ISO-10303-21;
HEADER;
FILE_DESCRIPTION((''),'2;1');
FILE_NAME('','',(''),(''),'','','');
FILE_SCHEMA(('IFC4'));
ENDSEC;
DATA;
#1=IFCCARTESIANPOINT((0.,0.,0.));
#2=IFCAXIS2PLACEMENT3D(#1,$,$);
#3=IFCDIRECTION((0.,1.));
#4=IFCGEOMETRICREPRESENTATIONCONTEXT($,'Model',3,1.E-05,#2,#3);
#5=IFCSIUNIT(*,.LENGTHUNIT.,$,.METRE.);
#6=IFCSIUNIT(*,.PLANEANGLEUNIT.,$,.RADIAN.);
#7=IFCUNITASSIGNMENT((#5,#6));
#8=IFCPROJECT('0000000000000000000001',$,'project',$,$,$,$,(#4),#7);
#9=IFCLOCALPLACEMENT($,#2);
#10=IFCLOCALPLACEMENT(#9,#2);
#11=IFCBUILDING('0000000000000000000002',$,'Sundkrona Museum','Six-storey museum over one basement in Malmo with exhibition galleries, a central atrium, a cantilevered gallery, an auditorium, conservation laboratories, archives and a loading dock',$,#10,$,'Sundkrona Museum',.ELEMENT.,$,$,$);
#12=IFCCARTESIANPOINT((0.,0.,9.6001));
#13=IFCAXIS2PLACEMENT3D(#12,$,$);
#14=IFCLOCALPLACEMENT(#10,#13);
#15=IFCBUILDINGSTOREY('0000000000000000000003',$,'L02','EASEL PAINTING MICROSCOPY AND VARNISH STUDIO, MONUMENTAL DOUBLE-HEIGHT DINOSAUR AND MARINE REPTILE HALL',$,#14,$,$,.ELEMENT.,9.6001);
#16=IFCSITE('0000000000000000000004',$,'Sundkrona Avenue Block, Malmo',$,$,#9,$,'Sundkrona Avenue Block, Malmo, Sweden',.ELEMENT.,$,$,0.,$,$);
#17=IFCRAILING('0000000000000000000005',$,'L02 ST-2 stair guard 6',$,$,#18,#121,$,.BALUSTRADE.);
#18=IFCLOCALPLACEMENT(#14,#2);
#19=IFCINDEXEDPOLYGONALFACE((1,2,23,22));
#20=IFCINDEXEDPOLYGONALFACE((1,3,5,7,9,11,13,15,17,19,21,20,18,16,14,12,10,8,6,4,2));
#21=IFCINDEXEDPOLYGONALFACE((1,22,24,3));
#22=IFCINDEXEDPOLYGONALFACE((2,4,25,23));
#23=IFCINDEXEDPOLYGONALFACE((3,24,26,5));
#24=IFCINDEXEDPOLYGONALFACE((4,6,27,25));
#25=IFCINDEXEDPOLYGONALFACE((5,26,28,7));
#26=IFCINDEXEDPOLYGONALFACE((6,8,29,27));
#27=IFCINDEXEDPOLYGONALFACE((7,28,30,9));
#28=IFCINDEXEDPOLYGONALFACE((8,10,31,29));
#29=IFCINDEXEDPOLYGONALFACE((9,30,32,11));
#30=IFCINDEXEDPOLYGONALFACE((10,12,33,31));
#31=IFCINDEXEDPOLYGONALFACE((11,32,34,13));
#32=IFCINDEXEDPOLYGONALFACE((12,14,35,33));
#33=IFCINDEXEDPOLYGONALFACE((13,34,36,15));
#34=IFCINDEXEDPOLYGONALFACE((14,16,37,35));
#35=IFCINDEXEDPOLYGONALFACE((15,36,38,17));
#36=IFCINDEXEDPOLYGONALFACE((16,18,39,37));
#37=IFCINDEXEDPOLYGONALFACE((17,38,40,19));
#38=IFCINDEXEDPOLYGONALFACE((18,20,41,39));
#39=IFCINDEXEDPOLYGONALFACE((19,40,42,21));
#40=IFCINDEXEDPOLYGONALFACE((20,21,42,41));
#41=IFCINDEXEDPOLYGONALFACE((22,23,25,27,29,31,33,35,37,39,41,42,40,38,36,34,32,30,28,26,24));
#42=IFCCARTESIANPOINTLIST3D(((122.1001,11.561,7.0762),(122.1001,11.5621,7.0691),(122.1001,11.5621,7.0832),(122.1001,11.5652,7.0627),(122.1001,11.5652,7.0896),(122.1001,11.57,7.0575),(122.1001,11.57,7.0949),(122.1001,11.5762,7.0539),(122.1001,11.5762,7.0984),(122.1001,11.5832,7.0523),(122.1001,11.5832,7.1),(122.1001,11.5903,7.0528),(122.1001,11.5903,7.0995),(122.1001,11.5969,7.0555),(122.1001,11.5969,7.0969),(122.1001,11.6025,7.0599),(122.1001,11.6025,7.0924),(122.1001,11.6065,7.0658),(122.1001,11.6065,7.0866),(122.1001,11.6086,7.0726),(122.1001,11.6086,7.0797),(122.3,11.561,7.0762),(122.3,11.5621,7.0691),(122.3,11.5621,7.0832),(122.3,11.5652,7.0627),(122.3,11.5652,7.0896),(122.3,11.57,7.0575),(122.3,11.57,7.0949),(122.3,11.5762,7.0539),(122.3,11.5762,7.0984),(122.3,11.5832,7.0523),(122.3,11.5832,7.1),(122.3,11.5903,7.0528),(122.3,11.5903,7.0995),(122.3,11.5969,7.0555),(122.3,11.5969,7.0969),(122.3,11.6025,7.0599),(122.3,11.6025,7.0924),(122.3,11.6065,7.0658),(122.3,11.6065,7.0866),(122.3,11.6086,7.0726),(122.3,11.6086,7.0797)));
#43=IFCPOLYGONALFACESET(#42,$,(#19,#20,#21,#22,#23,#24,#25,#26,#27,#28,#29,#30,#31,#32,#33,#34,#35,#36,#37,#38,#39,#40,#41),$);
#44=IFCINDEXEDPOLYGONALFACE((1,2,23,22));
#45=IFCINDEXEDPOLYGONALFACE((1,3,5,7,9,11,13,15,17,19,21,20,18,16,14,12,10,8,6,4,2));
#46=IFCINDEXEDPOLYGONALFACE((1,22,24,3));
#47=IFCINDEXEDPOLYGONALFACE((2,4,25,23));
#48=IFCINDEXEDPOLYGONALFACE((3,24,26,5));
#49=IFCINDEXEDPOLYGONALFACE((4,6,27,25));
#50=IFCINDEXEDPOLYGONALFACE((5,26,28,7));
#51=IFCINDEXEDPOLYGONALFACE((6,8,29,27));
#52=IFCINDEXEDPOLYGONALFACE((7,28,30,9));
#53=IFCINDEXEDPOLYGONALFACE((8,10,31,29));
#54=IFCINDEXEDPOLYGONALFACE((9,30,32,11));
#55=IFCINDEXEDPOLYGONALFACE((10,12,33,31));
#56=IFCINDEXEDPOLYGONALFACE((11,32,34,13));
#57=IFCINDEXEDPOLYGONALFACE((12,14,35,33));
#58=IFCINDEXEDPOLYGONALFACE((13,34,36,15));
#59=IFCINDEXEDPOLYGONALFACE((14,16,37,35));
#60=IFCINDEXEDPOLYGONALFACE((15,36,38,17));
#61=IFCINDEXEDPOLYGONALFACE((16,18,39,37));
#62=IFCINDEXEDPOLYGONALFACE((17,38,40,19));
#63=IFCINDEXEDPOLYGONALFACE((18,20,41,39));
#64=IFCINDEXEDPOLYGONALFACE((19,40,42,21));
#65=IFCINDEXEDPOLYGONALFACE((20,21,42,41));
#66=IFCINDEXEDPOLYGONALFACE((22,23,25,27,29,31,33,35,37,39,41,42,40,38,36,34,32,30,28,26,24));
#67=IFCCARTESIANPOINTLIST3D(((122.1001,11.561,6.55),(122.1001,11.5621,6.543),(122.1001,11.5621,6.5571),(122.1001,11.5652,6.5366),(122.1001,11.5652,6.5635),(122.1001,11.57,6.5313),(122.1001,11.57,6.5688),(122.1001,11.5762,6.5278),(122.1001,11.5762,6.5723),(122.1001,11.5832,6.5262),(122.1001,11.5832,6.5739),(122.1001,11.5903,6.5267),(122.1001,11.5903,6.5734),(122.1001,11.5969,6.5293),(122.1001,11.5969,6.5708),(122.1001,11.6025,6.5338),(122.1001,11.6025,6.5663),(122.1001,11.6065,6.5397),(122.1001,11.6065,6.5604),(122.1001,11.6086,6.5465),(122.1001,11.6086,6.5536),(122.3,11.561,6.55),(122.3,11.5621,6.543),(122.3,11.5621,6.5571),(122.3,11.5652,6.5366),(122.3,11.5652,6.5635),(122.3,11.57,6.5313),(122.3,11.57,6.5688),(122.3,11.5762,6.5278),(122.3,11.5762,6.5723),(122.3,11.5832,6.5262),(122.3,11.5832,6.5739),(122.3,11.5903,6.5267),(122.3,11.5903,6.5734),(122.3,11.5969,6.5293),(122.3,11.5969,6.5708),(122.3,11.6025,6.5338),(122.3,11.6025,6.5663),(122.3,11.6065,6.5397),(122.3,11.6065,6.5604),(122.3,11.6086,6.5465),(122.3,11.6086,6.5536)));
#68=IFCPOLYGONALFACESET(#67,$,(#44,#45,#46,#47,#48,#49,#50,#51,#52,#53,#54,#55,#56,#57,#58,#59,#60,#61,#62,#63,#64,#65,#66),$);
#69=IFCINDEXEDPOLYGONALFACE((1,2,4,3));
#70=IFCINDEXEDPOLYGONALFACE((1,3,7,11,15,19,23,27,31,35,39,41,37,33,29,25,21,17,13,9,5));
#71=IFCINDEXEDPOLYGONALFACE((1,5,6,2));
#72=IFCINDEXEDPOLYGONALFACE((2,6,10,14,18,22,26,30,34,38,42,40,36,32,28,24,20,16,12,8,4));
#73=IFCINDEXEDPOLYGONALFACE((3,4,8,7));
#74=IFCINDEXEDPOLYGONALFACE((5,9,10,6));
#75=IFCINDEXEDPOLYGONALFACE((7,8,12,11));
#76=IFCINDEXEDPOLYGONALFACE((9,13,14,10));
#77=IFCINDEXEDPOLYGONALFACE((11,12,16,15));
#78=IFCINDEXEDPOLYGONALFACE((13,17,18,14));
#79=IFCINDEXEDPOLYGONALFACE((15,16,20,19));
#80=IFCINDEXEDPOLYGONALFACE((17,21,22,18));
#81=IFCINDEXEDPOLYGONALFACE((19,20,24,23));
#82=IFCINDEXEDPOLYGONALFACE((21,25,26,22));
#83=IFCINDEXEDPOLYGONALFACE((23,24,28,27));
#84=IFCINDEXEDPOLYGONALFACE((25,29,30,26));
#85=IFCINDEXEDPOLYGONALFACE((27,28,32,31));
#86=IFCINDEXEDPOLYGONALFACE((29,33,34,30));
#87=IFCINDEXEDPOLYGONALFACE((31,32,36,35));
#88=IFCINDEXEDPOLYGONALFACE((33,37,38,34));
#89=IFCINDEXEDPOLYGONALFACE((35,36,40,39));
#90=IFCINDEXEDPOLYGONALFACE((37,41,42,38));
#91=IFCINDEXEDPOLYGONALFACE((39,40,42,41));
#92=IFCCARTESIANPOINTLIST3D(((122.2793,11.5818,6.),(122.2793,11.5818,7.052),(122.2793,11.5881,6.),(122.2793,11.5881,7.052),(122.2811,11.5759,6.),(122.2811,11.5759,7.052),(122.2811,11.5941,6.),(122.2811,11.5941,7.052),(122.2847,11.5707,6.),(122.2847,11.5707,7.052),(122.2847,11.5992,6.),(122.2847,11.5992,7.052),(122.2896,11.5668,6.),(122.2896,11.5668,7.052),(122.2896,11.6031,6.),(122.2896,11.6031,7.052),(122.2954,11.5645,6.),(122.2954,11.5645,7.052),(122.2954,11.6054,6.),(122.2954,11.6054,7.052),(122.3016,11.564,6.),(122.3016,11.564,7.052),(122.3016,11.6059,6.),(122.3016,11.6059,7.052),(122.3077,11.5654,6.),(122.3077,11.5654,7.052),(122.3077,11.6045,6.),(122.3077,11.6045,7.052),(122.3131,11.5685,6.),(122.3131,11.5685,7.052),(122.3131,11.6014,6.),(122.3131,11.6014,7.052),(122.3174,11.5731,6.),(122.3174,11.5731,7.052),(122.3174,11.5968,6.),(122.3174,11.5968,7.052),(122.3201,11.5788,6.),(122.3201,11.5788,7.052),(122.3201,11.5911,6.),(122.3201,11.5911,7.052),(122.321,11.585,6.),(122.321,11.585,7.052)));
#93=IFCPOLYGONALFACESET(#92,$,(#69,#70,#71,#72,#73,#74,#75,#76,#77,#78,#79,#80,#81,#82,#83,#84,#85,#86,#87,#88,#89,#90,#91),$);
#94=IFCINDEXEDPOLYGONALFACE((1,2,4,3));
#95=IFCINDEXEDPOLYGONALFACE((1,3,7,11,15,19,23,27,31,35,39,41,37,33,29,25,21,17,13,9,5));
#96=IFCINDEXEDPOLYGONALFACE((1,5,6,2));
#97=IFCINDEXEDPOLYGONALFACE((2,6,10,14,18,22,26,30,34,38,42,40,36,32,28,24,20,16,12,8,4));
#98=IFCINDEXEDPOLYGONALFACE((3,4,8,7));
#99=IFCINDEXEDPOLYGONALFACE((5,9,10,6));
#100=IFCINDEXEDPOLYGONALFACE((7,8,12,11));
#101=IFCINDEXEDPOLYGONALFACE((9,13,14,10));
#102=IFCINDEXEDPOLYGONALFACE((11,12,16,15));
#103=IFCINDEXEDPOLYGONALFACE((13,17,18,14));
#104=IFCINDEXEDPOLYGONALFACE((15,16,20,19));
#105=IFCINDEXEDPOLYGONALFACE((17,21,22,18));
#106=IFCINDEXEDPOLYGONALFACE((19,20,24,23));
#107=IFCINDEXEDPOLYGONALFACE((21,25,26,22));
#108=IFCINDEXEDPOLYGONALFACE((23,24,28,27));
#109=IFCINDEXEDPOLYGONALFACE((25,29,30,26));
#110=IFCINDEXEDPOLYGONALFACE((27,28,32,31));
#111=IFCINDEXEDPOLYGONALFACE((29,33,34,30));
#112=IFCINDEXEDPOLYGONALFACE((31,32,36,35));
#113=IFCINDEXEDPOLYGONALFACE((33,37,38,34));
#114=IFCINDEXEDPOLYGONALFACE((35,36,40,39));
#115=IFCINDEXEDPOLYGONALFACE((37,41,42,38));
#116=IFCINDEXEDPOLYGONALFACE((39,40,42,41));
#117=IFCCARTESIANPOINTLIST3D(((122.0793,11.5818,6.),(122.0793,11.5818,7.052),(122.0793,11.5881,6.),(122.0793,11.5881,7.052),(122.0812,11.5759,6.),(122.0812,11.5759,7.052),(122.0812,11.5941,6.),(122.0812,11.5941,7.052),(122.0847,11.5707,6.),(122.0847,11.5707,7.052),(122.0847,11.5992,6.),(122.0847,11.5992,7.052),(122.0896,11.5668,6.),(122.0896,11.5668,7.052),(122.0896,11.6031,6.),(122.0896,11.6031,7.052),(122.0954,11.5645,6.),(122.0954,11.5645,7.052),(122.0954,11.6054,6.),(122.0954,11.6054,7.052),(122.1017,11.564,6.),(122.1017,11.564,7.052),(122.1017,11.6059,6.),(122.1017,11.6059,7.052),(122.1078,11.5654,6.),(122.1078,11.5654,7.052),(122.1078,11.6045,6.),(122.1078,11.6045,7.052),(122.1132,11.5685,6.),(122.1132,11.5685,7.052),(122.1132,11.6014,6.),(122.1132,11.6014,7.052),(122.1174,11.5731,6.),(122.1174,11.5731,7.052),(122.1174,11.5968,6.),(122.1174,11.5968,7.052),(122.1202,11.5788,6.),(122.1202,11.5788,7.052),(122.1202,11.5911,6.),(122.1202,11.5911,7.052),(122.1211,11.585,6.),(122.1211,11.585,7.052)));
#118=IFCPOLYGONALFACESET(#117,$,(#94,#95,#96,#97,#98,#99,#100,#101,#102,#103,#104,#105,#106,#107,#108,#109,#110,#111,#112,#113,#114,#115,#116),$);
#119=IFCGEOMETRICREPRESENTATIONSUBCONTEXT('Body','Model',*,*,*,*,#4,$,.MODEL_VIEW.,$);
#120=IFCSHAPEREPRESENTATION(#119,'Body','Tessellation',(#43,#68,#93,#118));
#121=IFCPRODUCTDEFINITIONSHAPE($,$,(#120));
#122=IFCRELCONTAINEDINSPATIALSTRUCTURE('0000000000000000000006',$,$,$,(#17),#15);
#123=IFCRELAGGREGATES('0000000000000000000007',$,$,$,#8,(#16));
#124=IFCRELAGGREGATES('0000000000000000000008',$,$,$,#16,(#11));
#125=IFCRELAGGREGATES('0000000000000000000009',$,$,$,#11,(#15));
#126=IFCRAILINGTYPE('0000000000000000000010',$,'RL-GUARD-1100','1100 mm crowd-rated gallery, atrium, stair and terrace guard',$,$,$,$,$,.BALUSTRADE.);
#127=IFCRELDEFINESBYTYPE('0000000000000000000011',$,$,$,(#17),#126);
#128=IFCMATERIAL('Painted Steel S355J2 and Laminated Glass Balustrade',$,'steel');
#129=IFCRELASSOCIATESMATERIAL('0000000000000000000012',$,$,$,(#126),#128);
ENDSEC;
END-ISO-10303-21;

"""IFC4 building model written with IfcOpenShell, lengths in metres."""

from ifc_helpers import new_model, si_unit, direction, frame, origin, origin_2d, place, context, subcontext, project, spatial, circle, extrude, material, type_object, element, save


model = new_model("IFC4")

# Units and contexts
model_context = context("Model", 3, precision=1e-05, world=origin(), true_north=direction((0.0, 1.0)))
body_context = subcontext(model_context, "Body", "Model", "MODEL_VIEW")
ifc_project = project(units=[si_unit("LENGTHUNIT", "METRE"), si_unit("PLANEANGLEUNIT", "RADIAN")], contexts=[model_context])

# Site, building, storey
site_placement = place(None, origin())
site = spatial("IfcSite", under=ifc_project, at=site_placement, Name="Sundkrona Avenue Block, Malmo", LongName="Sundkrona Avenue Block, Malmo, Sweden", CompositionType="ELEMENT", RefElevation=0.0)
building_placement = place(site_placement, origin())
building = spatial("IfcBuilding", under=site, at=building_placement, Name="Sundkrona Museum", Description="Six-storey museum over one basement in Malmo with exhibition galleries, a central atrium, a cantilevered gallery, an auditorium, conservation laboratories, archives and a loading dock", LongName="Sundkrona Museum", CompositionType="ELEMENT")
storey_placement = place(building_placement, frame((0.0, 0.0, 9.6001)))
storey = spatial("IfcBuildingStorey", under=building, at=storey_placement, Name="L02", Description="EASEL PAINTING MICROSCOPY AND VARNISH STUDIO, MONUMENTAL DOUBLE-HEIGHT DINOSAUR AND MARINE REPTILE HALL", CompositionType="ELEMENT", Elevation=9.6001)

# Railing
ifc_material_1 = material(Name="Painted Steel S355J2 and Laminated Glass Balustrade", Category="steel")
railing_type_1 = type_object("IfcRailingType", Name="RL-GUARD-1100", Description="1100 mm crowd-rated gallery, atrium, stair and terrace guard", PredefinedType="BALUSTRADE", material=ifc_material_1)
railing_placement = place(storey_placement, frame((122.3, 11.585, 6.0)))
element("IfcRailing", 1, at=railing_placement, inside=storey, type_object=railing_type_1, Name="L02 ST-2 stair guard 6", PredefinedType="BALUSTRADE", context=body_context, shape_type="SweptSolid", body=[
    extrude(circle(Radius=0.0239, at=origin_2d()), frame((0.0, 0.0, 1.0762), z_axis=(-1.0, 0.0, 0.0), x_axis=(0.0, -1.0, 0.0)), (0.0, 0.0, 1.0), 0.2),
    extrude(circle(Radius=0.0239, at=origin_2d()), frame((0.0, 0.0, 0.55), z_axis=(-1.0, 0.0, 0.0), x_axis=(0.0, -1.0, 0.0)), (0.0, 0.0, 1.0), 0.2),
    extrude(circle(Radius=0.021, at=origin_2d()), origin(), (0.0, 0.0, 1.0), 1.052),
    extrude(circle(Radius=0.021, at=origin_2d()), frame((-0.2, 0.0, 0.0)), (0.0, 0.0, 1.0), 1.052),
])

save(model, "model.ifc")
